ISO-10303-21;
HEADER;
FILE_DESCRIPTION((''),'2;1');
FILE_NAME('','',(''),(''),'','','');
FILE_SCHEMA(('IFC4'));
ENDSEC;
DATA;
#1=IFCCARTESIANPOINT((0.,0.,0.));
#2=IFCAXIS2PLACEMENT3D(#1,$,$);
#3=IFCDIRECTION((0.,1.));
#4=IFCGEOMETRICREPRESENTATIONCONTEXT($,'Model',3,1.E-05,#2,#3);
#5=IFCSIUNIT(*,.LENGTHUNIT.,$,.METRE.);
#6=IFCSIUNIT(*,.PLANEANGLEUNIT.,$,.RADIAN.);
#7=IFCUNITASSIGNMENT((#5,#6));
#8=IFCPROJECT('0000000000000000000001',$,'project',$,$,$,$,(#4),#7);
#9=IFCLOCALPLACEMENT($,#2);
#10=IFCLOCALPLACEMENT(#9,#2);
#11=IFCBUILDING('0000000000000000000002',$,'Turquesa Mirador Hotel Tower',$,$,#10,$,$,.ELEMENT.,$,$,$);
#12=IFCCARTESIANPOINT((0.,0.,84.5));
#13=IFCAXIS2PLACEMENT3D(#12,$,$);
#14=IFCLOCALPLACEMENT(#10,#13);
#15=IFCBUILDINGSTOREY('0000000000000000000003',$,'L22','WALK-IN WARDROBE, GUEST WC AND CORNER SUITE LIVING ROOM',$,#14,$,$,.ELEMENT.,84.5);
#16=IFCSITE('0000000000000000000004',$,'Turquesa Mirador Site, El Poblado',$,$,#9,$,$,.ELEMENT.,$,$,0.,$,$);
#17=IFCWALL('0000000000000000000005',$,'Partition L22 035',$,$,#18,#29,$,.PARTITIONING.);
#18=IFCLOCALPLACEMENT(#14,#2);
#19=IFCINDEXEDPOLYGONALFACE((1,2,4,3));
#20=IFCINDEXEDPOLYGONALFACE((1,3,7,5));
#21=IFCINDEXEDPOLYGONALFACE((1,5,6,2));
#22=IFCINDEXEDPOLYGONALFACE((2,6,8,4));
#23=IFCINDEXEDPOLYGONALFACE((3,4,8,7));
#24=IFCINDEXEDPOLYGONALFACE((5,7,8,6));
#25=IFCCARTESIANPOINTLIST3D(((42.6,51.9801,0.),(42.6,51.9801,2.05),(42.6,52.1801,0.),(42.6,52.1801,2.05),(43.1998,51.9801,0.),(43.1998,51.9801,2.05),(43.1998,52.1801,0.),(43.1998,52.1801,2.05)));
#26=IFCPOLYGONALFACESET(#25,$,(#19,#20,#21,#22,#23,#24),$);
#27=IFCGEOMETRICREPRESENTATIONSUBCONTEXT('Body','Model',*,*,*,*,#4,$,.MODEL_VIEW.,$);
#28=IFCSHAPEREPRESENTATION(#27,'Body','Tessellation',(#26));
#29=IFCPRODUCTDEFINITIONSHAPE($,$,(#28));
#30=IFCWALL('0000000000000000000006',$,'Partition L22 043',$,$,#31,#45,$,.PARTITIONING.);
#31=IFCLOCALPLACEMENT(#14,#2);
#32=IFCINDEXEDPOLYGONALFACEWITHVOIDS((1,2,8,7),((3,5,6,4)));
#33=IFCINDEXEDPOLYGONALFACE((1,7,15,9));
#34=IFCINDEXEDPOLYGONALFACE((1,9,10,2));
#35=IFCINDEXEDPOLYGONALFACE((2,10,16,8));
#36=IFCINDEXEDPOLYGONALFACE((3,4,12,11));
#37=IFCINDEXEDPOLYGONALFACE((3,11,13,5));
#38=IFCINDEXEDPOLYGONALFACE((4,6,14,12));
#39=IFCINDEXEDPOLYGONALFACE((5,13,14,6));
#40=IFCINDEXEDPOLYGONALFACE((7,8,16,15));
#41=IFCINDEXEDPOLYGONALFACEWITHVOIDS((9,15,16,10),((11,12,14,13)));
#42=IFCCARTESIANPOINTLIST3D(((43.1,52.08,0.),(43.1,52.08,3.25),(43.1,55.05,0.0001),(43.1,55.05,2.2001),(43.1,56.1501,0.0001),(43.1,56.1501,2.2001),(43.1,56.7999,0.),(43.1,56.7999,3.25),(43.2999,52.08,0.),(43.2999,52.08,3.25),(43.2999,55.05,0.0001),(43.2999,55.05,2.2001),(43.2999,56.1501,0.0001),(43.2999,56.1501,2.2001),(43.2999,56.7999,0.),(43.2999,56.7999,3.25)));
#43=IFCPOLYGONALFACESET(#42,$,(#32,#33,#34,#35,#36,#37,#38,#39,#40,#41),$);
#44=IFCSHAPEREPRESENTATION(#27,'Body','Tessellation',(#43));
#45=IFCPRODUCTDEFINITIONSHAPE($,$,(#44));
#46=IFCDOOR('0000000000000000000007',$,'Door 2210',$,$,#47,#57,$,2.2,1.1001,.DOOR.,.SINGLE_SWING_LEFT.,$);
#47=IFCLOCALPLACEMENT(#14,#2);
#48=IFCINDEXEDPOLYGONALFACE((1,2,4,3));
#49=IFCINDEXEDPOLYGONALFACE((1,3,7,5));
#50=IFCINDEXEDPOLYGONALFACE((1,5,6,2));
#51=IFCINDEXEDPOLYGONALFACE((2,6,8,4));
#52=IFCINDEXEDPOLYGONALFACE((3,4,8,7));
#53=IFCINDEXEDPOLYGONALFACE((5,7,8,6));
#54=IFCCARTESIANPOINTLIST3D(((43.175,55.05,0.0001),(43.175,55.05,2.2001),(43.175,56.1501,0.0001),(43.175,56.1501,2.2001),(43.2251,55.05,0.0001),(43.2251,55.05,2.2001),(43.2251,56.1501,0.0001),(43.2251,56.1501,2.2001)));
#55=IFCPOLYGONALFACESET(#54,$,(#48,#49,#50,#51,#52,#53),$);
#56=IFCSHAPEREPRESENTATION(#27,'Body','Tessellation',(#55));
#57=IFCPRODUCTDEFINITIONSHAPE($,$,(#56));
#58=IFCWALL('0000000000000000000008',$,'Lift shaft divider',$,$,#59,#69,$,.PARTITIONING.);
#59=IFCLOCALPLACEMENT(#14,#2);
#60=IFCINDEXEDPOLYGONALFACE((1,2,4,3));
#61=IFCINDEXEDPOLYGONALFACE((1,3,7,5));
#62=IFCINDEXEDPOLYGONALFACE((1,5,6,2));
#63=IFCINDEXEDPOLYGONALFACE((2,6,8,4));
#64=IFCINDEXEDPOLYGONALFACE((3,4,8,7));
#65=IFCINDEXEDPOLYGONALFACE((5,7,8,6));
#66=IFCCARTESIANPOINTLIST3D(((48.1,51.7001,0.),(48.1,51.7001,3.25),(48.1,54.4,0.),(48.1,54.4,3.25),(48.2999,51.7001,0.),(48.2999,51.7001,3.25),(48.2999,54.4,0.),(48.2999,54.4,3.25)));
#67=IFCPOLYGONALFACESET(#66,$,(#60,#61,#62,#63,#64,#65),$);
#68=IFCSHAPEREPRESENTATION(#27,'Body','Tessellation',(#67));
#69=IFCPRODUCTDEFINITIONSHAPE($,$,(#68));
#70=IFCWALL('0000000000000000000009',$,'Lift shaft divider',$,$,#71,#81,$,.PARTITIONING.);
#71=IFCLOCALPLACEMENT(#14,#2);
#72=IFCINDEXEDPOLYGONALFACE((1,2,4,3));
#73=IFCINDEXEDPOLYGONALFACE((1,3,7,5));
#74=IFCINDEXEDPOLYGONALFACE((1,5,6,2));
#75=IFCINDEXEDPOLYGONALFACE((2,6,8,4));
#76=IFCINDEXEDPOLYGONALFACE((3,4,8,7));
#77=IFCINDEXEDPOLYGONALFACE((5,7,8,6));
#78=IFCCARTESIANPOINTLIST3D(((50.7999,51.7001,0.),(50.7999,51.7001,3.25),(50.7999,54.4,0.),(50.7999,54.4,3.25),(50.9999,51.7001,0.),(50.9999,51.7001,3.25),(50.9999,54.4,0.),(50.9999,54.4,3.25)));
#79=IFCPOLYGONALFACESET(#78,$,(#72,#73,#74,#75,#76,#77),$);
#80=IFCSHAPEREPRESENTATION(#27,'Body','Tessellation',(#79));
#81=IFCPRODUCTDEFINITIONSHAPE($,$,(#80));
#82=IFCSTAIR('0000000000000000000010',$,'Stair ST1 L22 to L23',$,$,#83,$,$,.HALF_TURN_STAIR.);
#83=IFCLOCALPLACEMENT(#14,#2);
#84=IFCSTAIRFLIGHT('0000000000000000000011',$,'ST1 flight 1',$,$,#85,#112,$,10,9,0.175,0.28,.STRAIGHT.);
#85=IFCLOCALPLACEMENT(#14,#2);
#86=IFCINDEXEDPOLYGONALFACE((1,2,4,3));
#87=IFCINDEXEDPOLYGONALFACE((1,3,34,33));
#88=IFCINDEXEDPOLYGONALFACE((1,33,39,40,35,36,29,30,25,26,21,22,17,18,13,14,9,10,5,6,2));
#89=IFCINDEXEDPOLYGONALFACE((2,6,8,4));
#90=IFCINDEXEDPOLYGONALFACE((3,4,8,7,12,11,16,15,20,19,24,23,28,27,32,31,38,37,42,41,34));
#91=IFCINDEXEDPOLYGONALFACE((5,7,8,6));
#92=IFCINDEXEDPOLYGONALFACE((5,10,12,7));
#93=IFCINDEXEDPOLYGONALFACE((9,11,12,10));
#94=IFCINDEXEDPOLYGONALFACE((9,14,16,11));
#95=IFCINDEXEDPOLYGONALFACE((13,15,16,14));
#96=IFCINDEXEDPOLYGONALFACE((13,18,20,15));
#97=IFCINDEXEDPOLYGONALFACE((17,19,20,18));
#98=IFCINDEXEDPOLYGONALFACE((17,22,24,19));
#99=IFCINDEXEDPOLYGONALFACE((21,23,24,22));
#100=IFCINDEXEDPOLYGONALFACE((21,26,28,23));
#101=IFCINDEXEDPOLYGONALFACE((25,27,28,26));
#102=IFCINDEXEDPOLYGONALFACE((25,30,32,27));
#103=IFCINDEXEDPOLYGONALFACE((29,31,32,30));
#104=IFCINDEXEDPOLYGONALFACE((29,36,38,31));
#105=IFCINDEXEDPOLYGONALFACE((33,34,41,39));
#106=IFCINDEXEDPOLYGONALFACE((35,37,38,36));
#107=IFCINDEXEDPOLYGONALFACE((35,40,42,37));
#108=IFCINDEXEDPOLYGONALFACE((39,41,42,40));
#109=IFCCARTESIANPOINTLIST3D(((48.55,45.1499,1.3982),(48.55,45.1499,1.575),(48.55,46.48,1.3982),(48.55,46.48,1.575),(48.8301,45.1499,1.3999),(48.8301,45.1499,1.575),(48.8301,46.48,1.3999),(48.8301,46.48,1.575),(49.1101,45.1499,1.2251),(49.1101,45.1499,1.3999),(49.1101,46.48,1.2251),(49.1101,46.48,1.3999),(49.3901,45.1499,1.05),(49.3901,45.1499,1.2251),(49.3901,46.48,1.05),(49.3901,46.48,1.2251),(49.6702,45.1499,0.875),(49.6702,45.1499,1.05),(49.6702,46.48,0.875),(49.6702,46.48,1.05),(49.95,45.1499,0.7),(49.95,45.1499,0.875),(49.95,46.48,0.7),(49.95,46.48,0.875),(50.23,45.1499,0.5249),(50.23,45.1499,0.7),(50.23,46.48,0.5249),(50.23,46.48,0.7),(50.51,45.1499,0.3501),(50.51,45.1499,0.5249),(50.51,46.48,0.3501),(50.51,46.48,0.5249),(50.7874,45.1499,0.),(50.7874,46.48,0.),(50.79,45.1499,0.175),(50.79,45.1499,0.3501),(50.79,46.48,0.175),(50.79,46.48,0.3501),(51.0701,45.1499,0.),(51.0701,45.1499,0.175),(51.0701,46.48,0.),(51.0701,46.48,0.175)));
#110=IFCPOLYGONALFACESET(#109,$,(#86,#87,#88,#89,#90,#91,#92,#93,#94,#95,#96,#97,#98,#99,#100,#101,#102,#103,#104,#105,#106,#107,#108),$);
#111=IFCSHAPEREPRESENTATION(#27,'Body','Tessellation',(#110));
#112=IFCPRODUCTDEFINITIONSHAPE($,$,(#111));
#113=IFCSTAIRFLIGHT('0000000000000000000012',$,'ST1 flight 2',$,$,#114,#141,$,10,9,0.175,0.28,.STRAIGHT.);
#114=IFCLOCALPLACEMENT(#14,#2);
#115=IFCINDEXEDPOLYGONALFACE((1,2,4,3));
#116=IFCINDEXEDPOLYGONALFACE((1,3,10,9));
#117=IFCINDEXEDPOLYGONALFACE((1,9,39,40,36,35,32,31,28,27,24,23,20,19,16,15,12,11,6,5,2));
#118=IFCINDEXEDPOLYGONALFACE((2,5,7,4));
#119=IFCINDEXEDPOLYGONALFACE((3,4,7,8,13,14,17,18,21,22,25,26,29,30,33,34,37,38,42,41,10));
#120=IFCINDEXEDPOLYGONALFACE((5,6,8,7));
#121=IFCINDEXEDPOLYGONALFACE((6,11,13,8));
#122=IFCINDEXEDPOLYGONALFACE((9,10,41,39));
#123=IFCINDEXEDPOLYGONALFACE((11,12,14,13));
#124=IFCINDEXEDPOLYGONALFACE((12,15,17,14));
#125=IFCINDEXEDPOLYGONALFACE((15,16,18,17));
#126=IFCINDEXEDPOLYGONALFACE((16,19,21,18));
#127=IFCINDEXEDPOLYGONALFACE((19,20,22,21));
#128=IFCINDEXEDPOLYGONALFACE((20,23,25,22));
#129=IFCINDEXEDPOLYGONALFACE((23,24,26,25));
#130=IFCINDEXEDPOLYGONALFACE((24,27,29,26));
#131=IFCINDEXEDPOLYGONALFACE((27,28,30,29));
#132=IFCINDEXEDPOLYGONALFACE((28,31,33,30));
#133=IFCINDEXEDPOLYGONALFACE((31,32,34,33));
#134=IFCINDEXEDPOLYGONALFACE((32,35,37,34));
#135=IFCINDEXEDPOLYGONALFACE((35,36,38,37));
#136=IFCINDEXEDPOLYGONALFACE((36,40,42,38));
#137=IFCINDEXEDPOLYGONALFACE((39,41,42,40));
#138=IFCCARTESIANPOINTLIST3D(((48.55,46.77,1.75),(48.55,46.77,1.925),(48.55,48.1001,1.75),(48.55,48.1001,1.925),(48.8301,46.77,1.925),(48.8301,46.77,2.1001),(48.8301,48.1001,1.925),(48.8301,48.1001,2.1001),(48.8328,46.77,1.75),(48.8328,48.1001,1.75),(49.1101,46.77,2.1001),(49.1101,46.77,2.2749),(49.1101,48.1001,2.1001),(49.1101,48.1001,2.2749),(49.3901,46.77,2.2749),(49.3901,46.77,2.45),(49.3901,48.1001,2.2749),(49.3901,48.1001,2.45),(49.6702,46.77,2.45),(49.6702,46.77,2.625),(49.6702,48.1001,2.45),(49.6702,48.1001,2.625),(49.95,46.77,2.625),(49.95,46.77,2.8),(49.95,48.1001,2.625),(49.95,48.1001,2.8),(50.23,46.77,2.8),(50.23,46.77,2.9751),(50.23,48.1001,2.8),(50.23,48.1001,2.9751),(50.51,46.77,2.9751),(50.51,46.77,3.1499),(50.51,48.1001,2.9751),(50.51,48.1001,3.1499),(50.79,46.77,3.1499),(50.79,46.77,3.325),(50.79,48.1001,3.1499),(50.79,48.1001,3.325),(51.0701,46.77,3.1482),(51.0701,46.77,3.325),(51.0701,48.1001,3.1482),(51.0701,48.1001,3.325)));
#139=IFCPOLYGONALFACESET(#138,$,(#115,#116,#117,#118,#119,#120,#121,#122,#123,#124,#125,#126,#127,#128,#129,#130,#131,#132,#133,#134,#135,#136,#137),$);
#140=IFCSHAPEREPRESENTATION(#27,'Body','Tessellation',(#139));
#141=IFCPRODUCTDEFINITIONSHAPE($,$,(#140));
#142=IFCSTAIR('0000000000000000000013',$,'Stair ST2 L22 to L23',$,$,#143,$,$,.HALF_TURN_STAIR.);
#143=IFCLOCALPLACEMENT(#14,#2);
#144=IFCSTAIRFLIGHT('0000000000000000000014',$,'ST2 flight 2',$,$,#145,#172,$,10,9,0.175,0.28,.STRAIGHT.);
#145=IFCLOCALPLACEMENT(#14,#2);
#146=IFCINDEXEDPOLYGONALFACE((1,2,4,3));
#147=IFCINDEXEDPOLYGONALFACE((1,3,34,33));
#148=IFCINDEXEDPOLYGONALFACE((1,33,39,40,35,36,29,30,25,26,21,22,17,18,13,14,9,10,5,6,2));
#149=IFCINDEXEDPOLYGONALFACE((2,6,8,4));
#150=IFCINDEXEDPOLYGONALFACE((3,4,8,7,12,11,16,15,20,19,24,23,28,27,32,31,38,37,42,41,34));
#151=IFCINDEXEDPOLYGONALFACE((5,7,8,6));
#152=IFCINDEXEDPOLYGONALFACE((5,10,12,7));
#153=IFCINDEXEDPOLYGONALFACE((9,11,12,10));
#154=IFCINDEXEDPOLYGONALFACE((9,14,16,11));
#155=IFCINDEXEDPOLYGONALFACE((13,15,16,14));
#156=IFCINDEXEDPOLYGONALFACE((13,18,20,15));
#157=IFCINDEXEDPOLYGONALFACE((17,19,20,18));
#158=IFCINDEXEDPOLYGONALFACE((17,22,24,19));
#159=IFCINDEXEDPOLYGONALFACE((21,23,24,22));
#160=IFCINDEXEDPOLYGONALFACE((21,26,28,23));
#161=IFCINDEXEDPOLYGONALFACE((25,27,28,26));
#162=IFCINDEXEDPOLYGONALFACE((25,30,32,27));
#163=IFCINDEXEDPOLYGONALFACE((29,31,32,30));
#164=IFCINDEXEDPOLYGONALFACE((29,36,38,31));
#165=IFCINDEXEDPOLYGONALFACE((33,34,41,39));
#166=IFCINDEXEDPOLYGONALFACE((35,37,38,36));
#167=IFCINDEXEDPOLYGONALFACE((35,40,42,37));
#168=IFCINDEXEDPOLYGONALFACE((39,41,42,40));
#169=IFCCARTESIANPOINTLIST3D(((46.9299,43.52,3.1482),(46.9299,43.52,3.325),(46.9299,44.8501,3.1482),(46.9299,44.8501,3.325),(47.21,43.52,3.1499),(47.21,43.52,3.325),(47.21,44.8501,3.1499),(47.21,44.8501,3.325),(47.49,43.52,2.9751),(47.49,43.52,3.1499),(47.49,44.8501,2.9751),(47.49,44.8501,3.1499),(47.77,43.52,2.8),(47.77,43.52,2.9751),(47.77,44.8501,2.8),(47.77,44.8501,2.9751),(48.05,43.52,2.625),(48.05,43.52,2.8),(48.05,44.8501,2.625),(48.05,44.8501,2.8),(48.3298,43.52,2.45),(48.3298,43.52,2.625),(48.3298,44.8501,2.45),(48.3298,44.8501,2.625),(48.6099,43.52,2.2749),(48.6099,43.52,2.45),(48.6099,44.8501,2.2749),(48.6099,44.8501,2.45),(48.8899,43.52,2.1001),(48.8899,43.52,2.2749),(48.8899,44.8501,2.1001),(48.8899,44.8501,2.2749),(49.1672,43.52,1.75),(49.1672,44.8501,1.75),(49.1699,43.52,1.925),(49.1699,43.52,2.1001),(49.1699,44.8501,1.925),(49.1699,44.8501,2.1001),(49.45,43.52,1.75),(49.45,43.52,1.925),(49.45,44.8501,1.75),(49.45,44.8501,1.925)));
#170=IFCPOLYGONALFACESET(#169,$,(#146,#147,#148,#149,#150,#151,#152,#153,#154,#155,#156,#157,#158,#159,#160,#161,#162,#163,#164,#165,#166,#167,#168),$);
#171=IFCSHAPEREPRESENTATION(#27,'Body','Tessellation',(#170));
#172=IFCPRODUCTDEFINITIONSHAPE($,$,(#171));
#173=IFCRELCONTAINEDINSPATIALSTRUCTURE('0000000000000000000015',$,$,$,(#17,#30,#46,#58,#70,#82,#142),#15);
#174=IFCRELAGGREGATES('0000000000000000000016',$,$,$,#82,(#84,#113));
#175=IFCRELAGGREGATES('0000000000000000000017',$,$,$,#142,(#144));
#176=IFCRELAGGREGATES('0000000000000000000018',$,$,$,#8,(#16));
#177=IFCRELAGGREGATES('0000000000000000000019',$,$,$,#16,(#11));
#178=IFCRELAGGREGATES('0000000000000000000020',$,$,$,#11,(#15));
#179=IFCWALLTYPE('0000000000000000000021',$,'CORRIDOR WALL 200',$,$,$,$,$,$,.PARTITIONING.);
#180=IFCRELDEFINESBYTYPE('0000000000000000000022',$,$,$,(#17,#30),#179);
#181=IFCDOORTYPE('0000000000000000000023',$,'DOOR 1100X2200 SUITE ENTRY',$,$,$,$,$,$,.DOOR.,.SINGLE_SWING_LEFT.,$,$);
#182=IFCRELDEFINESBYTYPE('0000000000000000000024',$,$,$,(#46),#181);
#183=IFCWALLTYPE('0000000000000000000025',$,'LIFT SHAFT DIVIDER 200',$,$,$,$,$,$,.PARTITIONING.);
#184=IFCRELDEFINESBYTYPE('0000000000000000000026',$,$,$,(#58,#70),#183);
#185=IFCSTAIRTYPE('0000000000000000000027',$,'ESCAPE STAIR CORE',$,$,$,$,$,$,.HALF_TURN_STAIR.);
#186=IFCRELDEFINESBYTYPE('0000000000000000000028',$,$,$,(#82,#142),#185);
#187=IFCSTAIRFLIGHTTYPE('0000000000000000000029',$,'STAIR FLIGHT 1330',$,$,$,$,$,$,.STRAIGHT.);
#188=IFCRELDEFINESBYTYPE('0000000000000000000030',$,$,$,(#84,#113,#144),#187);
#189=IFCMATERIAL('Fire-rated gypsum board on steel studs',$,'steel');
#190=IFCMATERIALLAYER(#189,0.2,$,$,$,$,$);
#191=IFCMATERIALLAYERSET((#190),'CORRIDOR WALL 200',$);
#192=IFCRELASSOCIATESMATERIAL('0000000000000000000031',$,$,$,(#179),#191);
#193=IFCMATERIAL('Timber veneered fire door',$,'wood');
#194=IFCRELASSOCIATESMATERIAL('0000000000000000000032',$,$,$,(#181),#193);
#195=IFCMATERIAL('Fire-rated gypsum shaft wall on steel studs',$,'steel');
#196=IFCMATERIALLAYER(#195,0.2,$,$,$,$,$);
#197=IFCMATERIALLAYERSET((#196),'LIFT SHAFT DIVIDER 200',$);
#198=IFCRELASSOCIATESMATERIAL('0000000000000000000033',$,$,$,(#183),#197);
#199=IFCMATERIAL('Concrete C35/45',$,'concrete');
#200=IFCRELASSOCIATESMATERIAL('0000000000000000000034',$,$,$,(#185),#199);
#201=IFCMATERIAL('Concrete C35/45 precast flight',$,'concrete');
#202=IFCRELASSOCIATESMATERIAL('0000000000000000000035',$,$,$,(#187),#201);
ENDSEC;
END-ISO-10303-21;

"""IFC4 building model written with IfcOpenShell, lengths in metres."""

from ifc_helpers import new_model, si_unit, direction, frame, frame_2d, origin, place, context, subcontext, project, spatial, polyline, rectangle, outline, extrude, material, layer, layer_set, type_object, element, fill, aggregate, save


model = new_model("IFC4")

# Units and contexts
model_context = context("Model", 3, precision=1e-05, world=origin(), true_north=direction((0.0, 1.0)))
body_context = subcontext(model_context, "Body", "Model", "MODEL_VIEW")
ifc_project = project(units=[si_unit("LENGTHUNIT", "METRE"), si_unit("PLANEANGLEUNIT", "RADIAN")], contexts=[model_context])

# Site, building, storey
site_placement = place(None, origin())
site = spatial("IfcSite", under=ifc_project, at=site_placement, Name="Turquesa Mirador Site, El Poblado", CompositionType="ELEMENT", RefElevation=0.0)
building_placement = place(site_placement, origin())
building = spatial("IfcBuilding", under=site, at=building_placement, Name="Turquesa Mirador Hotel Tower", CompositionType="ELEMENT")
storey_placement = place(building_placement, frame((0.0, 0.0, 84.5)))
storey = spatial("IfcBuildingStorey", under=building, at=storey_placement, Name="L22", Description="WALK-IN WARDROBE, GUEST WC AND CORNER SUITE LIVING ROOM", CompositionType="ELEMENT", Elevation=84.5)

# Wall
ifc_material_1 = material(Name="Fire-rated gypsum board on steel studs", Category="steel")
ifc_layer_1 = layer(ifc_material_1, 0.2)
ifc_layer_set_1 = layer_set([ifc_layer_1], Name="CORRIDOR WALL 200")
wall_type_1 = type_object("IfcWallType", Name="CORRIDOR WALL 200", PredefinedType="PARTITIONING", material=ifc_layer_set_1)
wall_1_placement = place(storey_placement, frame((42.6001, 52.0801, 0.0), z_axis=(0.0, 0.0, 1.0), x_axis=(1.0, 0.0, 0.0)))
element("IfcWall", 1, at=wall_1_placement, inside=storey, type_object=wall_type_1, Name="Partition L22 035", PredefinedType="PARTITIONING", context=body_context, shape_type="SweptSolid", body=[
    extrude(rectangle(XDim=0.5999, YDim=0.2, at=frame_2d((0.2998, 0.0))), origin(), (0.0, 0.0, 1.0), 2.05),
])

# Wall, opening, door
wall_2_placement = place(storey_placement, frame((43.2, 52.0801, 0.0), z_axis=(0.0, 0.0, 1.0), x_axis=(0.0, 1.0, 0.0)))
wall_2 = element("IfcWall", 2, at=wall_2_placement, inside=storey, type_object=wall_type_1, Name="Partition L22 043", PredefinedType="PARTITIONING", context=body_context, shape_type="SweptSolid", body=[
    extrude(rectangle(XDim=4.72, YDim=0.2, at=frame_2d((2.3599, 0.0))), origin(), (0.0, 0.0, 1.0), 3.25),
])
opening_1_placement = place(wall_2_placement, frame((2.97, 0.0, 0.0)))
opening_1 = element("IfcOpeningElement", 3, at=opening_1_placement, cuts=wall_2, PredefinedType="OPENING", context=body_context, shape_type="SweptSolid", body=[
    extrude(rectangle(XDim=1.1001, YDim=2.2, at=frame_2d((0.55, 1.1001))), frame((0.0, 0.1099, 0.0), z_axis=(0.0, -1.0, 0.0), x_axis=(1.0, 0.0, 0.0)), (0.0, 0.0, 1.0), 0.22),
])
ifc_material_2 = material(Name="Timber veneered fire door", Category="wood")
door_type_1 = type_object("IfcDoorType", Name="DOOR 1100X2200 SUITE ENTRY", OperationType="SINGLE_SWING_LEFT", PredefinedType="DOOR", material=ifc_material_2)
door_1_placement = place(opening_1_placement, origin())
door_1 = element("IfcDoor", 4, at=door_1_placement, inside=storey, type_object=door_type_1, Name="Door 2210", OperationType="SINGLE_SWING_LEFT", OverallHeight=2.2, OverallWidth=1.1001, PredefinedType="DOOR", context=body_context, shape_type="SweptSolid", body=[
    extrude(rectangle(XDim=1.1001, YDim=2.2, at=frame_2d((0.55, 1.1001))), frame((0.0, 0.0249, 0.0), z_axis=(0.0, -1.0, 0.0), x_axis=(1.0, 0.0, 0.0)), (0.0, 0.0, 1.0), 0.05),
])
fill(opening_1, door_1)

# Walls
ifc_material_3 = material(Name="Fire-rated gypsum shaft wall on steel studs", Category="steel")
ifc_layer_2 = layer(ifc_material_3, 0.2)
ifc_layer_set_2 = layer_set([ifc_layer_2], Name="LIFT SHAFT DIVIDER 200")
wall_type_2 = type_object("IfcWallType", Name="LIFT SHAFT DIVIDER 200", PredefinedType="PARTITIONING", material=ifc_layer_set_2)
for number, where, z_axis, x_axis, name in (
    (5, (48.2, 51.7, 0.0), (0.0, 0.0, 1.0), (0.0, 1.0, 0.0), "Lift shaft divider"),
    (6, (50.8999, 51.7, 0.0), (0.0, 0.0, 1.0), (0.0, 1.0, 0.0), "Lift shaft divider"),
):
    element("IfcWall", number, at=place(storey_placement, frame(where, z_axis=z_axis, x_axis=x_axis)), inside=storey, type_object=wall_type_2, Name=name, PredefinedType="PARTITIONING", context=body_context, shape_type="SweptSolid", body=[
        extrude(rectangle(XDim=2.7, YDim=0.2, at=frame_2d((1.3501, 0.0))), origin(), (0.0, 0.0, 1.0), 3.25),
    ])

# Stair, stair flights
ifc_material_4 = material(Name="Concrete C35/45", Category="concrete")
stair_type = type_object("IfcStairType", Name="ESCAPE STAIR CORE", PredefinedType="HALF_TURN_STAIR", material=ifc_material_4)
stair_1_placement = place(storey_placement, origin())
stair_1 = element("IfcStair", 7, at=stair_1_placement, inside=storey, type_object=stair_type, Name="Stair ST1 L22 to L23", PredefinedType="HALF_TURN_STAIR")
ifc_material_5 = material(Name="Concrete C35/45 precast flight", Category="concrete")
stair_flight_type = type_object("IfcStairFlightType", Name="STAIR FLIGHT 1330", PredefinedType="STRAIGHT", material=ifc_material_5)
stair_flight_1_placement = place(storey_placement, frame((51.0701, 45.8149, 0.0), z_axis=(0.0, 0.0, 1.0), x_axis=(-1.0, 0.0, 0.0)))
stair_flight_1 = element("IfcStairFlight", 8, at=stair_flight_1_placement, type_object=stair_flight_type, Name="ST1 flight 1", NumberOfRisers=10, NumberOfTreads=9, PredefinedType="STRAIGHT", RiserHeight=0.175, TreadLength=0.28, context=body_context, shape_type="SweptSolid", body=[
    extrude(outline(polyline([(0.0, 0.0), (0.0, 0.175), (0.28, 0.175), (0.28, 0.3501), (0.5601, 0.3501), (0.5601, 0.5249), (0.8401, 0.5249), (0.8401, 0.7), (1.1201, 0.7), (1.1201, 0.875), (1.3999, 0.875), (1.3999, 1.05), (1.6799, 1.05), (1.6799, 1.2251), (1.96, 1.2251), (1.96, 1.3999), (2.24, 1.3999), (2.24, 1.575), (2.52, 1.575), (2.52, 1.75), (2.52, 1.3982), (0.2827, 0.0), (0.0, 0.0)])), frame((0.0, 0.665, 0.0), z_axis=(0.0, -1.0, 0.0), x_axis=(1.0, 0.0, 0.0)), (0.0, 0.0, 1.0), 1.3301),
])
stair_flight_2_placement = place(storey_placement, frame((48.55, 47.4351, 1.75), z_axis=(0.0, 0.0, 1.0), x_axis=(1.0, 0.0, 0.0)))
stair_flight_2 = element("IfcStairFlight", 9, at=stair_flight_2_placement, type_object=stair_flight_type, Name="ST1 flight 2", NumberOfRisers=10, NumberOfTreads=9, PredefinedType="STRAIGHT", RiserHeight=0.175, TreadLength=0.28, context=body_context, shape_type="SweptSolid", body=[
    extrude(outline(polyline([(0.0, 0.0), (0.0, 0.175), (0.28, 0.175), (0.28, 0.3501), (0.5601, 0.3501), (0.5601, 0.5249), (0.8401, 0.5249), (0.8401, 0.7), (1.1201, 0.7), (1.1201, 0.875), (1.3999, 0.875), (1.3999, 1.05), (1.6799, 1.05), (1.6799, 1.2251), (1.96, 1.2251), (1.96, 1.3999), (2.24, 1.3999), (2.24, 1.575), (2.52, 1.575), (2.52, 1.75), (2.52, 1.3982), (0.2827, 0.0), (0.0, 0.0)])), frame((0.0, 0.665, 0.0), z_axis=(0.0, -1.0, 0.0), x_axis=(1.0, 0.0, 0.0)), (0.0, 0.0, 1.0), 1.3301),
])
aggregate(stair_1, [stair_flight_1, stair_flight_2])

# Stair, stair flight
stair_2_placement = place(storey_placement, origin())
stair_2 = element("IfcStair", 10, at=stair_2_placement, inside=storey, type_object=stair_type, Name="Stair ST2 L22 to L23", PredefinedType="HALF_TURN_STAIR")
stair_flight_3_placement = place(storey_placement, frame((49.45, 44.1851, 1.75), z_axis=(0.0, 0.0, 1.0), x_axis=(-1.0, 0.0, 0.0)))
stair_flight_3 = element("IfcStairFlight", 11, at=stair_flight_3_placement, type_object=stair_flight_type, Name="ST2 flight 2", NumberOfRisers=10, NumberOfTreads=9, PredefinedType="STRAIGHT", RiserHeight=0.175, TreadLength=0.28, context=body_context, shape_type="SweptSolid", body=[
    extrude(outline(polyline([(0.0, 0.0), (0.0, 0.175), (0.28, 0.175), (0.28, 0.3501), (0.5601, 0.3501), (0.5601, 0.5249), (0.8401, 0.5249), (0.8401, 0.7), (1.1201, 0.7), (1.1201, 0.875), (1.3999, 0.875), (1.3999, 1.05), (1.6799, 1.05), (1.6799, 1.2251), (1.96, 1.2251), (1.96, 1.3999), (2.24, 1.3999), (2.24, 1.575), (2.52, 1.575), (2.52, 1.75), (2.52, 1.3982), (0.2827, 0.0), (0.0, 0.0)])), frame((0.0, 0.665, 0.0), z_axis=(0.0, -1.0, 0.0), x_axis=(1.0, 0.0, 0.0)), (0.0, 0.0, 1.0), 1.3301),
])
aggregate(stair_2, [stair_flight_3])

save(model, "model.ifc")
